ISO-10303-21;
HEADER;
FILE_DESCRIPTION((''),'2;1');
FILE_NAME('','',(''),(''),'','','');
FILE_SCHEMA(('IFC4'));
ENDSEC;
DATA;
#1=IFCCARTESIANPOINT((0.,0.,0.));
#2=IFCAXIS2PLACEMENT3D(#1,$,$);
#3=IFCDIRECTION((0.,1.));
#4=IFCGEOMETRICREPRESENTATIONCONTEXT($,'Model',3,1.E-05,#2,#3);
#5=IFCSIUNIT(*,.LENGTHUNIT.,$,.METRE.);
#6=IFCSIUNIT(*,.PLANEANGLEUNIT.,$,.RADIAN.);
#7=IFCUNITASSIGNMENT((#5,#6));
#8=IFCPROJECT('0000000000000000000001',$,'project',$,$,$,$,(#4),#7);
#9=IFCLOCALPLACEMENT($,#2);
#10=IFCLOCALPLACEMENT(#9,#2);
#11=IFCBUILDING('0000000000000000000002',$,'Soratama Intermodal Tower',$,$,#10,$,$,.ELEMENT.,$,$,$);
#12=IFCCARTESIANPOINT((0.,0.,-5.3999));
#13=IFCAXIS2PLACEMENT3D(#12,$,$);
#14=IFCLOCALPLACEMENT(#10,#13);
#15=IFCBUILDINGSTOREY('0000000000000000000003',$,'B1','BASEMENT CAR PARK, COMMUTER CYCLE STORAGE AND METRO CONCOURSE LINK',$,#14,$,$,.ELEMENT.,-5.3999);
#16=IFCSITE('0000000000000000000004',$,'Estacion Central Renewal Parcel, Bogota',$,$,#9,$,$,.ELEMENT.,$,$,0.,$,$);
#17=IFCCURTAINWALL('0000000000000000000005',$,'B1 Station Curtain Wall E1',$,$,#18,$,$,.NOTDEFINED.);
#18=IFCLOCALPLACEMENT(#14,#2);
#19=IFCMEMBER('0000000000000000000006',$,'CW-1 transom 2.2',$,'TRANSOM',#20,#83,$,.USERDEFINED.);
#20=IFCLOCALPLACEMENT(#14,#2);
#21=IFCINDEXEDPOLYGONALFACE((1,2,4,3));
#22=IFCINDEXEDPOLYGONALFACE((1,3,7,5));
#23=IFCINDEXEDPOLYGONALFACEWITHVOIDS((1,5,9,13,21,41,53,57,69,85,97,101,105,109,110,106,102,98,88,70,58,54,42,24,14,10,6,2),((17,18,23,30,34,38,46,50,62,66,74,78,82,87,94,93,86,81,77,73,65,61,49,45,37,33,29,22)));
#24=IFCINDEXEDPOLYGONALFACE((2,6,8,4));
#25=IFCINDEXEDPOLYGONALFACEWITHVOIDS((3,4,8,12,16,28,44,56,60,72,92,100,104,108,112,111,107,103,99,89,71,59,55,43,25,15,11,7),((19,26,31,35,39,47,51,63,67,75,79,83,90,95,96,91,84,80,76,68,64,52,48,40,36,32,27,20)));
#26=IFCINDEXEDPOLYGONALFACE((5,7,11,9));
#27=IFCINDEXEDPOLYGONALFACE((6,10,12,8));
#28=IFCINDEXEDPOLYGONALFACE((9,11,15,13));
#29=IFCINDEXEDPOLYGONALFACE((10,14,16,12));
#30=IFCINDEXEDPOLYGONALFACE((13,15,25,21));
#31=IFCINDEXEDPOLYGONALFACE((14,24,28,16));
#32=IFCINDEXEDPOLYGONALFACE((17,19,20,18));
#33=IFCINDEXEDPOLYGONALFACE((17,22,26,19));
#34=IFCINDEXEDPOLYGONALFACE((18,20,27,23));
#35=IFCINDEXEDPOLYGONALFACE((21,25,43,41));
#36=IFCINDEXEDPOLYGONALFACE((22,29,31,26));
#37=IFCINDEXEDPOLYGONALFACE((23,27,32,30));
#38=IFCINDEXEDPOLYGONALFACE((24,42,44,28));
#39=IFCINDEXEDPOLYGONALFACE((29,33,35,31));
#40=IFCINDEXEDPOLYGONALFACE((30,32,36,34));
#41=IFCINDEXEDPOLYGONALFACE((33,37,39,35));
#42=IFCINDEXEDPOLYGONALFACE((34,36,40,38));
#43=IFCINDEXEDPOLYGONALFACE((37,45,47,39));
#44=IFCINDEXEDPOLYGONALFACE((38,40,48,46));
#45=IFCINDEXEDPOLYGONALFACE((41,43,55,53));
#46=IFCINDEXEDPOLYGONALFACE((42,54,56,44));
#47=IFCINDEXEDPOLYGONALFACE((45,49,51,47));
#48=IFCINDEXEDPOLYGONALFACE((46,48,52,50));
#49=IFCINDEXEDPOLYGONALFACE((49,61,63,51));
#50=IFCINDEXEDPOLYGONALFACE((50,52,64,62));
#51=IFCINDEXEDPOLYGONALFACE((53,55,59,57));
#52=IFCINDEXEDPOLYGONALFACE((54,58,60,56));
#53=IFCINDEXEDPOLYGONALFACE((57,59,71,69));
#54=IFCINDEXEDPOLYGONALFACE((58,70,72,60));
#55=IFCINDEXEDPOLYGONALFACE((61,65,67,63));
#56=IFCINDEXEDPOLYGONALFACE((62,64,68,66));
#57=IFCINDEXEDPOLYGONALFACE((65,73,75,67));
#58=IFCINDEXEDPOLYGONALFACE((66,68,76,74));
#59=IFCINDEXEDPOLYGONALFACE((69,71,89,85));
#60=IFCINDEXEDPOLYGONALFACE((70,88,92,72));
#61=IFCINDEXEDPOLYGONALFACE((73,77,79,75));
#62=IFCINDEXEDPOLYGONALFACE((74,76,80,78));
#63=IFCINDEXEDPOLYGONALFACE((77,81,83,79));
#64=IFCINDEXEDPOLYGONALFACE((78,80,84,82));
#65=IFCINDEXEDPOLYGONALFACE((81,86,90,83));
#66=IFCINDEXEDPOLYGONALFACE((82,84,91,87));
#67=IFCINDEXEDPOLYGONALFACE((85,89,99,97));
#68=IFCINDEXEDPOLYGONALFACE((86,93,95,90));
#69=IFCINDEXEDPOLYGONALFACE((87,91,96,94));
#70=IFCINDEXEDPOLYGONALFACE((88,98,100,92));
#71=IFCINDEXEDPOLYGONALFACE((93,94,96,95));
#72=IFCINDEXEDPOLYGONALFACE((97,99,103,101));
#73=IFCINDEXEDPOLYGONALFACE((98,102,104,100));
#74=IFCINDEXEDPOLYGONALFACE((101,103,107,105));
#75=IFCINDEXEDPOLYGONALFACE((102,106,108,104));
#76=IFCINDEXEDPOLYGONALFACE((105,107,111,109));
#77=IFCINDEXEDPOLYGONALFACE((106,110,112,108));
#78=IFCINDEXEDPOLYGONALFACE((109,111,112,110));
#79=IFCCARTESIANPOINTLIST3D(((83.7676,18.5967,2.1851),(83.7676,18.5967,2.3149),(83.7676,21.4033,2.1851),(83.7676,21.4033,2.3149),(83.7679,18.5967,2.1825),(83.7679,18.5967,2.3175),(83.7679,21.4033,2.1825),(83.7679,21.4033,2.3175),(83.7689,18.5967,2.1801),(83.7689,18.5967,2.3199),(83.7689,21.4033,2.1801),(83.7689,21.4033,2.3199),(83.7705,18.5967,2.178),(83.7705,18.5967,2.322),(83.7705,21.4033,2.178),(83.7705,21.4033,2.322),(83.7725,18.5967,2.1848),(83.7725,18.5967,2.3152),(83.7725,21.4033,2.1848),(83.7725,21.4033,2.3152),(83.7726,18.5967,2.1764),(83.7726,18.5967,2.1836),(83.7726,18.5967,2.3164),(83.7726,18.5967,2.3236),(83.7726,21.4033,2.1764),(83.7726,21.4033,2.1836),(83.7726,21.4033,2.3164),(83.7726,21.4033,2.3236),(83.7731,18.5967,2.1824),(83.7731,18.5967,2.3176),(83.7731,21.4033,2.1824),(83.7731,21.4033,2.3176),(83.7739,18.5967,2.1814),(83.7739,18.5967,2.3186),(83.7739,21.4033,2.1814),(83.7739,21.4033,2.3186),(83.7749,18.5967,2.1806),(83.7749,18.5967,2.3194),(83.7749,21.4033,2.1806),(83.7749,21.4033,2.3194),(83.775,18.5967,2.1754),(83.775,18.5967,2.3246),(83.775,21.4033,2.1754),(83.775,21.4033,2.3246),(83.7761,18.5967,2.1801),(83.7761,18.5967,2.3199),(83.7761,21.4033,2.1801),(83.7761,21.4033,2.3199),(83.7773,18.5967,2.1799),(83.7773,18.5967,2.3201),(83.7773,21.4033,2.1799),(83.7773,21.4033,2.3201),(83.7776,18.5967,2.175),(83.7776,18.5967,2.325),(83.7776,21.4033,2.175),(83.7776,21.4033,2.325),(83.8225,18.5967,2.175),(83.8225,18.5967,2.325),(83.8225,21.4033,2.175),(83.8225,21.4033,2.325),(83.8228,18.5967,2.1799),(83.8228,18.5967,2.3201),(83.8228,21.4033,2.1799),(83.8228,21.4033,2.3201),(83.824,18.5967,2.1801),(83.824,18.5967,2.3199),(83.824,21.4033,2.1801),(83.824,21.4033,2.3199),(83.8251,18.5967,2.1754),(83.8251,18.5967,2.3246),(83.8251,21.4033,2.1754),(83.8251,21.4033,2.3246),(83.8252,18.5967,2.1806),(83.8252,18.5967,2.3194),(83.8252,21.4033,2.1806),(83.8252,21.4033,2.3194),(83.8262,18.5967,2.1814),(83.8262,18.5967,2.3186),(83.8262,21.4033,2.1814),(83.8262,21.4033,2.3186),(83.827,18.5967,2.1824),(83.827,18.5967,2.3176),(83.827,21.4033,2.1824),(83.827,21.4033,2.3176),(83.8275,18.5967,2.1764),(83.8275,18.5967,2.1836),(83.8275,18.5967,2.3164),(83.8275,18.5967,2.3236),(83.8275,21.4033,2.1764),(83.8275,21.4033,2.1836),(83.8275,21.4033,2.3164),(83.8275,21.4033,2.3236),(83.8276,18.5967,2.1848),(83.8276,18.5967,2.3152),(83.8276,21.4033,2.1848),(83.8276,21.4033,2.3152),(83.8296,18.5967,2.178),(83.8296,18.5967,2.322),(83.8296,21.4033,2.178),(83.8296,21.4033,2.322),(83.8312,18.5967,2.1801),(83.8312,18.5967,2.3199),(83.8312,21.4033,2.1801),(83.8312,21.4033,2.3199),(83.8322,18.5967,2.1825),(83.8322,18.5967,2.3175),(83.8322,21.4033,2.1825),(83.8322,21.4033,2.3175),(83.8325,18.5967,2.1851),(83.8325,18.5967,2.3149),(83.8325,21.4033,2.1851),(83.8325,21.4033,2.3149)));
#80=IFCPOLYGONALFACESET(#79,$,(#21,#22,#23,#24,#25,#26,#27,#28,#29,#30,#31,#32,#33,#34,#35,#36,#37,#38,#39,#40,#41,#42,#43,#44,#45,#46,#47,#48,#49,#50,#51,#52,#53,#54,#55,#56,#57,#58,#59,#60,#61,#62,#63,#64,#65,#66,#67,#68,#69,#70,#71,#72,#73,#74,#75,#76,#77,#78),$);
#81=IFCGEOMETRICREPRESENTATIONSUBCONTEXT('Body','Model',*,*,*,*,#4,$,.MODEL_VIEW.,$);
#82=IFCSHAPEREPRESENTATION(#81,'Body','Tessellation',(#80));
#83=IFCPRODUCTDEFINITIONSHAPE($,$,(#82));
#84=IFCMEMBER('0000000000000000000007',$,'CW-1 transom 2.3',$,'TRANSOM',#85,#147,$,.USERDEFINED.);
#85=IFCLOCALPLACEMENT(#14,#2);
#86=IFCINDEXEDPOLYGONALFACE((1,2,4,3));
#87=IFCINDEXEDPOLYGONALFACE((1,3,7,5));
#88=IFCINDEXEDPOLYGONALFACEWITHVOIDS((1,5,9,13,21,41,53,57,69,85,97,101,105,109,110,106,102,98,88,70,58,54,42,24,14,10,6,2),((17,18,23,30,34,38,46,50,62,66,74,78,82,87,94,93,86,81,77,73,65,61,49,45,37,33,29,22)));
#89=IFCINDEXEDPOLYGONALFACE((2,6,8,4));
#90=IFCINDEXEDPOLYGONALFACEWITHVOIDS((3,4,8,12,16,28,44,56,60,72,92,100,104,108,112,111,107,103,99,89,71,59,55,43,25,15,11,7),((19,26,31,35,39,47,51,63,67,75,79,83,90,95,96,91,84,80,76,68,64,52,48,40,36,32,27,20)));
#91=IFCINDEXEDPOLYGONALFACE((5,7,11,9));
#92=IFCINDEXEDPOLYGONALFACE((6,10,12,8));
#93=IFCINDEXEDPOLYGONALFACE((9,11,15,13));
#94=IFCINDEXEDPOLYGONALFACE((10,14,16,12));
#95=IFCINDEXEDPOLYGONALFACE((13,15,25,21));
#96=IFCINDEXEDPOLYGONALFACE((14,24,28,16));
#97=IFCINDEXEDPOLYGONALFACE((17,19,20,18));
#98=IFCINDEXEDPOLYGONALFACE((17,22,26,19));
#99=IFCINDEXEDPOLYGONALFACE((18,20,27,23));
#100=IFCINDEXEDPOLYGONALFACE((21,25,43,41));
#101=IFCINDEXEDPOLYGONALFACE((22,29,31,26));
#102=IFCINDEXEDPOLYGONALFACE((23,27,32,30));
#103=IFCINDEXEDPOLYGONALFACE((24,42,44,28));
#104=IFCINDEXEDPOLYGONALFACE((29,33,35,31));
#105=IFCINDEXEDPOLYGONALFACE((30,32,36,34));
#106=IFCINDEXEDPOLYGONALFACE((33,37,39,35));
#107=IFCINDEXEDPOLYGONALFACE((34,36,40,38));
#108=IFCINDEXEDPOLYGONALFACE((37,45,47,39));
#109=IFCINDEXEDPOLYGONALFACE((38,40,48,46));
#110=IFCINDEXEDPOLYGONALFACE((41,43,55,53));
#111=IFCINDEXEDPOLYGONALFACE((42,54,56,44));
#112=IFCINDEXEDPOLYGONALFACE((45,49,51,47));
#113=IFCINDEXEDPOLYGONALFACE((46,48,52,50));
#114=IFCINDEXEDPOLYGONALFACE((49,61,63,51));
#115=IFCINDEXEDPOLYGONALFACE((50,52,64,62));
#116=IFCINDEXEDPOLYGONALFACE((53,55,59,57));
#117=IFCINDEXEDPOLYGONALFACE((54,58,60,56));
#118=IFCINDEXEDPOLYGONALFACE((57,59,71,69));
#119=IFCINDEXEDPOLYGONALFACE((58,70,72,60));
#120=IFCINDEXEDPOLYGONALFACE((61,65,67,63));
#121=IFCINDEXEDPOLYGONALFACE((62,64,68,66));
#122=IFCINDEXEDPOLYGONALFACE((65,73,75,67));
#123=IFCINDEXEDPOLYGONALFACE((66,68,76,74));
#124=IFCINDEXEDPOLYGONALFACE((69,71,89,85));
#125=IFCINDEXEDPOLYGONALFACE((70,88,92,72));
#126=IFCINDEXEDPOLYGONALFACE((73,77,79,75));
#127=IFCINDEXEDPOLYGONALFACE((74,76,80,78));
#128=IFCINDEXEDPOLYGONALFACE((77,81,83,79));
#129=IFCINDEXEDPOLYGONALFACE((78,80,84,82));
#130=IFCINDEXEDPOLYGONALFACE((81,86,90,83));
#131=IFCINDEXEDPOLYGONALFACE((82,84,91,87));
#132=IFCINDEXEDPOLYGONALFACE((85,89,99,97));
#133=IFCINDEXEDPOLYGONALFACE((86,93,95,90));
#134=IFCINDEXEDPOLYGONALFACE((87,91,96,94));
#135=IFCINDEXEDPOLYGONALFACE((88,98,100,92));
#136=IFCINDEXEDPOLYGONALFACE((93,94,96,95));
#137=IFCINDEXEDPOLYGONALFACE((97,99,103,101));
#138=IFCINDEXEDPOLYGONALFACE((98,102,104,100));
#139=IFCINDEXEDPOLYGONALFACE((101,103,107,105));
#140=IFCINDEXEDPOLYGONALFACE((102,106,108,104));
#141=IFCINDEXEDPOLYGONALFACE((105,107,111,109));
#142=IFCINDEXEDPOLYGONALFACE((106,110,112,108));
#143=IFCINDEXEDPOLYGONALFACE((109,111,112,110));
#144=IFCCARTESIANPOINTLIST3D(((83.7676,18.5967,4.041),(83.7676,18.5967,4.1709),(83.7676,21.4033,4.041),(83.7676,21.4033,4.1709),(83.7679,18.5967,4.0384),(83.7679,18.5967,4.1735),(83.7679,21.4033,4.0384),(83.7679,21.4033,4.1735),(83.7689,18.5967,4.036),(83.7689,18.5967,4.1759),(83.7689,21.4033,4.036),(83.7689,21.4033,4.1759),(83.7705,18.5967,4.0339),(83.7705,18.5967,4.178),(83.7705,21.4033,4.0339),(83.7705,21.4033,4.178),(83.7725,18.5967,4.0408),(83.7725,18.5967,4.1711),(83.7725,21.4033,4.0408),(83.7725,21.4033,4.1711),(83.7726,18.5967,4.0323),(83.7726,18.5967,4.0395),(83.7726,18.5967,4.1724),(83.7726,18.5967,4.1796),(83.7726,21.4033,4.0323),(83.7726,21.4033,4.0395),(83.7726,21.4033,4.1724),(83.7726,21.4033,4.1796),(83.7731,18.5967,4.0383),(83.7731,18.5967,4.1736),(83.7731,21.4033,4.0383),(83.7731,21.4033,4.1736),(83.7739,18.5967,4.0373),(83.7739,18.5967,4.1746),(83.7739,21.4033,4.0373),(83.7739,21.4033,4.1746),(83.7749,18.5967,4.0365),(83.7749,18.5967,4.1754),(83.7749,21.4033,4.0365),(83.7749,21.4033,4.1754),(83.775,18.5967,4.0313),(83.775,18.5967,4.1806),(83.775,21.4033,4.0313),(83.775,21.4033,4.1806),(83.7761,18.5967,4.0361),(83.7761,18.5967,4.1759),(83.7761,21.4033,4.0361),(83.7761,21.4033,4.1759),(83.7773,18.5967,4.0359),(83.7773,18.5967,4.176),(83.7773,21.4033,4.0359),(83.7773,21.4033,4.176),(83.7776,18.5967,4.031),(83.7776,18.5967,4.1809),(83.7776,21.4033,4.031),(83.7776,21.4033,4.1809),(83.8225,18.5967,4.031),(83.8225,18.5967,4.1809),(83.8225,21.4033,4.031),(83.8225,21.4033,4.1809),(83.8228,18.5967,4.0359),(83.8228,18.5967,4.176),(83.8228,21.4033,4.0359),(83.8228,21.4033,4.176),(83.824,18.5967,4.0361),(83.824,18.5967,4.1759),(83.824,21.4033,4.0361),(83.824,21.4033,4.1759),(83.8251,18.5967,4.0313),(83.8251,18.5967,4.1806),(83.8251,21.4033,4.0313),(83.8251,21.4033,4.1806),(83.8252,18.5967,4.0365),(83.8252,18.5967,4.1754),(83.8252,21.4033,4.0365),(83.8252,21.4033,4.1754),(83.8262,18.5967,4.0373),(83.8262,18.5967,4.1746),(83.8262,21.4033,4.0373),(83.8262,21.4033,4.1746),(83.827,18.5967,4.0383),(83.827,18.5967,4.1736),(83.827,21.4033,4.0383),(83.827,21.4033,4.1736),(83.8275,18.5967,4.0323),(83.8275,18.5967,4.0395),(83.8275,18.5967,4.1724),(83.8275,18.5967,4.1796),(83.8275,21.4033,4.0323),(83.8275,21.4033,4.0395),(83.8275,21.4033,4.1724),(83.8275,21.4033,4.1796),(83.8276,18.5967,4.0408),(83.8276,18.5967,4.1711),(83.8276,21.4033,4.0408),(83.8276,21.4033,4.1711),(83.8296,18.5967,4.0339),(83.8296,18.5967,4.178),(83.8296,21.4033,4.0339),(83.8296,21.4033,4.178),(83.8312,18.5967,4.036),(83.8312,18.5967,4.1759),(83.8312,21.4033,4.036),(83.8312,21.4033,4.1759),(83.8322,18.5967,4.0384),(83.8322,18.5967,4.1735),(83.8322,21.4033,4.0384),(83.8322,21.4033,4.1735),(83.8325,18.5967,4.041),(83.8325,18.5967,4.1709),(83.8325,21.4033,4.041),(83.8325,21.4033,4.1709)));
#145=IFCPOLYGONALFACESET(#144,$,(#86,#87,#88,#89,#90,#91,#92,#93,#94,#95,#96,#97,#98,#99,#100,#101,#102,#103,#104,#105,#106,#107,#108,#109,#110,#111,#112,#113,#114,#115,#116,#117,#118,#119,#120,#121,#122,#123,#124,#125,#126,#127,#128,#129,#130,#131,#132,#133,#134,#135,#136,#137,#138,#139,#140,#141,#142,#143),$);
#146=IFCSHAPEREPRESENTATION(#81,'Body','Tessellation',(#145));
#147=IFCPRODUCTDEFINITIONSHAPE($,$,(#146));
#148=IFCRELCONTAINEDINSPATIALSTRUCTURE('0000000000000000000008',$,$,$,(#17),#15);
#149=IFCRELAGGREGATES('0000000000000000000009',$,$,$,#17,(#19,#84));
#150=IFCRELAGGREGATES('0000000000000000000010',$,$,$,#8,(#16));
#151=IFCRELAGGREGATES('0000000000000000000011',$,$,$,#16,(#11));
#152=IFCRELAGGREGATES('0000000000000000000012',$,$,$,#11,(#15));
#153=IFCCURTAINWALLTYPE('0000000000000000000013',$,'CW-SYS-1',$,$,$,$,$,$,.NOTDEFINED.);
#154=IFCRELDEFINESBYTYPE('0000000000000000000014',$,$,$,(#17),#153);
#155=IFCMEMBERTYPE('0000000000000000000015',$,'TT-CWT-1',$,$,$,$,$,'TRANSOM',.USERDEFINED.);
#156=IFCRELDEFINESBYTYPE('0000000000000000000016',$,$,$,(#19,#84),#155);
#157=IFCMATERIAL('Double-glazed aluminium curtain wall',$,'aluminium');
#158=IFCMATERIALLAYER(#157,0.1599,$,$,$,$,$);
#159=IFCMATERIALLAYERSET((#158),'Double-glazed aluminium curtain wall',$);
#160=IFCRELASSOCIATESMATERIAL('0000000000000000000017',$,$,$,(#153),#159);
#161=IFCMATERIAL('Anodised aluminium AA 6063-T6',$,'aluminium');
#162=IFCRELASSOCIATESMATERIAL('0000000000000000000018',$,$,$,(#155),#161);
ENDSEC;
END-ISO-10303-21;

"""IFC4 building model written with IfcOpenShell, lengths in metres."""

from ifc_helpers import new_model, si_unit, direction, frame, origin, origin_2d, place, context, subcontext, project, spatial, hollow_rectangle, extrude, material, layer, layer_set, material_profile, profile_set, type_object, element, aggregate, save


model = new_model("IFC4")

# Units and contexts
model_context = context("Model", 3, precision=1e-05, world=origin(), true_north=direction((0.0, 1.0)))
body_context = subcontext(model_context, "Body", "Model", "MODEL_VIEW")
ifc_project = project(units=[si_unit("LENGTHUNIT", "METRE"), si_unit("PLANEANGLEUNIT", "RADIAN")], contexts=[model_context])

# Site, building, storey
site_placement = place(None, origin())
site = spatial("IfcSite", under=ifc_project, at=site_placement, Name="Estacion Central Renewal Parcel, Bogota", CompositionType="ELEMENT", RefElevation=0.0)
building_placement = place(site_placement, origin())
building = spatial("IfcBuilding", under=site, at=building_placement, Name="Soratama Intermodal Tower", CompositionType="ELEMENT")
storey_placement = place(building_placement, frame((0.0, 0.0, -5.3999)))
storey = spatial("IfcBuildingStorey", under=building, at=storey_placement, Name="B1", Description="BASEMENT CAR PARK, COMMUTER CYCLE STORAGE AND METRO CONCOURSE LINK", CompositionType="ELEMENT", Elevation=-5.3999)

# Curtain wall
ifc_material_1 = material(Name="Double-glazed aluminium curtain wall", Category="aluminium")
ifc_layer_1 = layer(ifc_material_1, 0.1599)
ifc_layer_set_1 = layer_set([ifc_layer_1], Name="Double-glazed aluminium curtain wall")
curtain_wall_type = type_object("IfcCurtainWallType", Name="CW-SYS-1", PredefinedType="NOTDEFINED", material=ifc_layer_set_1)
curtain_wall_1_placement = place(storey_placement, origin())
curtain_wall_1 = element("IfcCurtainWall", 1, at=curtain_wall_1_placement, inside=storey, type_object=curtain_wall_type, Name="B1 Station Curtain Wall E1", PredefinedType="NOTDEFINED")

# Members
ifc_material_2 = material(Name="Anodised aluminium AA 6063-T6", Category="aluminium")
ifc_material_profile_1 = material_profile(ifc_material_2, hollow_rectangle(XDim=0.0649, YDim=0.1499, WallThickness=0.0049, InnerFilletRadius=0.0049, OuterFilletRadius=0.01, at=origin_2d()), Name="CWT150X65X5")
ifc_profile_set_1 = profile_set([ifc_material_profile_1], Name="Anodised aluminium AA 6063-T6")
member_type_1 = type_object("IfcMemberType", Name="TT-CWT-1", ElementType="TRANSOM", PredefinedType="USERDEFINED", material=ifc_profile_set_1)
member_1_placement = place(storey_placement, frame((83.8, 18.5967, 2.25), z_axis=(0.0, 1.0, 0.0), x_axis=(-1.0, 0.0, 0.0)))
member_1 = element("IfcMember", 2, at=member_1_placement, type_object=member_type_1, Name="CW-1 transom 2.2", ObjectType="TRANSOM", PredefinedType="USERDEFINED", context=body_context, shape_type="SweptSolid", body=[
    extrude(hollow_rectangle(XDim=0.0649, YDim=0.1499, WallThickness=0.0049, InnerFilletRadius=0.0049, OuterFilletRadius=0.01, at=origin_2d()), origin(), (0.0, 0.0, 1.0), 2.8066),
])
member_2_placement = place(storey_placement, frame((83.8, 18.5967, 4.106), z_axis=(0.0, 1.0, 0.0), x_axis=(-1.0, 0.0, 0.0)))
member_2 = element("IfcMember", 3, at=member_2_placement, type_object=member_type_1, Name="CW-1 transom 2.3", ObjectType="TRANSOM", PredefinedType="USERDEFINED", context=body_context, shape_type="SweptSolid", body=[
    extrude(hollow_rectangle(XDim=0.0649, YDim=0.1499, WallThickness=0.0049, InnerFilletRadius=0.0049, OuterFilletRadius=0.01, at=origin_2d()), origin(), (0.0, 0.0, 1.0), 2.8066),
])

aggregate(curtain_wall_1, [member_1, member_2])

save(model, "model.ifc")
